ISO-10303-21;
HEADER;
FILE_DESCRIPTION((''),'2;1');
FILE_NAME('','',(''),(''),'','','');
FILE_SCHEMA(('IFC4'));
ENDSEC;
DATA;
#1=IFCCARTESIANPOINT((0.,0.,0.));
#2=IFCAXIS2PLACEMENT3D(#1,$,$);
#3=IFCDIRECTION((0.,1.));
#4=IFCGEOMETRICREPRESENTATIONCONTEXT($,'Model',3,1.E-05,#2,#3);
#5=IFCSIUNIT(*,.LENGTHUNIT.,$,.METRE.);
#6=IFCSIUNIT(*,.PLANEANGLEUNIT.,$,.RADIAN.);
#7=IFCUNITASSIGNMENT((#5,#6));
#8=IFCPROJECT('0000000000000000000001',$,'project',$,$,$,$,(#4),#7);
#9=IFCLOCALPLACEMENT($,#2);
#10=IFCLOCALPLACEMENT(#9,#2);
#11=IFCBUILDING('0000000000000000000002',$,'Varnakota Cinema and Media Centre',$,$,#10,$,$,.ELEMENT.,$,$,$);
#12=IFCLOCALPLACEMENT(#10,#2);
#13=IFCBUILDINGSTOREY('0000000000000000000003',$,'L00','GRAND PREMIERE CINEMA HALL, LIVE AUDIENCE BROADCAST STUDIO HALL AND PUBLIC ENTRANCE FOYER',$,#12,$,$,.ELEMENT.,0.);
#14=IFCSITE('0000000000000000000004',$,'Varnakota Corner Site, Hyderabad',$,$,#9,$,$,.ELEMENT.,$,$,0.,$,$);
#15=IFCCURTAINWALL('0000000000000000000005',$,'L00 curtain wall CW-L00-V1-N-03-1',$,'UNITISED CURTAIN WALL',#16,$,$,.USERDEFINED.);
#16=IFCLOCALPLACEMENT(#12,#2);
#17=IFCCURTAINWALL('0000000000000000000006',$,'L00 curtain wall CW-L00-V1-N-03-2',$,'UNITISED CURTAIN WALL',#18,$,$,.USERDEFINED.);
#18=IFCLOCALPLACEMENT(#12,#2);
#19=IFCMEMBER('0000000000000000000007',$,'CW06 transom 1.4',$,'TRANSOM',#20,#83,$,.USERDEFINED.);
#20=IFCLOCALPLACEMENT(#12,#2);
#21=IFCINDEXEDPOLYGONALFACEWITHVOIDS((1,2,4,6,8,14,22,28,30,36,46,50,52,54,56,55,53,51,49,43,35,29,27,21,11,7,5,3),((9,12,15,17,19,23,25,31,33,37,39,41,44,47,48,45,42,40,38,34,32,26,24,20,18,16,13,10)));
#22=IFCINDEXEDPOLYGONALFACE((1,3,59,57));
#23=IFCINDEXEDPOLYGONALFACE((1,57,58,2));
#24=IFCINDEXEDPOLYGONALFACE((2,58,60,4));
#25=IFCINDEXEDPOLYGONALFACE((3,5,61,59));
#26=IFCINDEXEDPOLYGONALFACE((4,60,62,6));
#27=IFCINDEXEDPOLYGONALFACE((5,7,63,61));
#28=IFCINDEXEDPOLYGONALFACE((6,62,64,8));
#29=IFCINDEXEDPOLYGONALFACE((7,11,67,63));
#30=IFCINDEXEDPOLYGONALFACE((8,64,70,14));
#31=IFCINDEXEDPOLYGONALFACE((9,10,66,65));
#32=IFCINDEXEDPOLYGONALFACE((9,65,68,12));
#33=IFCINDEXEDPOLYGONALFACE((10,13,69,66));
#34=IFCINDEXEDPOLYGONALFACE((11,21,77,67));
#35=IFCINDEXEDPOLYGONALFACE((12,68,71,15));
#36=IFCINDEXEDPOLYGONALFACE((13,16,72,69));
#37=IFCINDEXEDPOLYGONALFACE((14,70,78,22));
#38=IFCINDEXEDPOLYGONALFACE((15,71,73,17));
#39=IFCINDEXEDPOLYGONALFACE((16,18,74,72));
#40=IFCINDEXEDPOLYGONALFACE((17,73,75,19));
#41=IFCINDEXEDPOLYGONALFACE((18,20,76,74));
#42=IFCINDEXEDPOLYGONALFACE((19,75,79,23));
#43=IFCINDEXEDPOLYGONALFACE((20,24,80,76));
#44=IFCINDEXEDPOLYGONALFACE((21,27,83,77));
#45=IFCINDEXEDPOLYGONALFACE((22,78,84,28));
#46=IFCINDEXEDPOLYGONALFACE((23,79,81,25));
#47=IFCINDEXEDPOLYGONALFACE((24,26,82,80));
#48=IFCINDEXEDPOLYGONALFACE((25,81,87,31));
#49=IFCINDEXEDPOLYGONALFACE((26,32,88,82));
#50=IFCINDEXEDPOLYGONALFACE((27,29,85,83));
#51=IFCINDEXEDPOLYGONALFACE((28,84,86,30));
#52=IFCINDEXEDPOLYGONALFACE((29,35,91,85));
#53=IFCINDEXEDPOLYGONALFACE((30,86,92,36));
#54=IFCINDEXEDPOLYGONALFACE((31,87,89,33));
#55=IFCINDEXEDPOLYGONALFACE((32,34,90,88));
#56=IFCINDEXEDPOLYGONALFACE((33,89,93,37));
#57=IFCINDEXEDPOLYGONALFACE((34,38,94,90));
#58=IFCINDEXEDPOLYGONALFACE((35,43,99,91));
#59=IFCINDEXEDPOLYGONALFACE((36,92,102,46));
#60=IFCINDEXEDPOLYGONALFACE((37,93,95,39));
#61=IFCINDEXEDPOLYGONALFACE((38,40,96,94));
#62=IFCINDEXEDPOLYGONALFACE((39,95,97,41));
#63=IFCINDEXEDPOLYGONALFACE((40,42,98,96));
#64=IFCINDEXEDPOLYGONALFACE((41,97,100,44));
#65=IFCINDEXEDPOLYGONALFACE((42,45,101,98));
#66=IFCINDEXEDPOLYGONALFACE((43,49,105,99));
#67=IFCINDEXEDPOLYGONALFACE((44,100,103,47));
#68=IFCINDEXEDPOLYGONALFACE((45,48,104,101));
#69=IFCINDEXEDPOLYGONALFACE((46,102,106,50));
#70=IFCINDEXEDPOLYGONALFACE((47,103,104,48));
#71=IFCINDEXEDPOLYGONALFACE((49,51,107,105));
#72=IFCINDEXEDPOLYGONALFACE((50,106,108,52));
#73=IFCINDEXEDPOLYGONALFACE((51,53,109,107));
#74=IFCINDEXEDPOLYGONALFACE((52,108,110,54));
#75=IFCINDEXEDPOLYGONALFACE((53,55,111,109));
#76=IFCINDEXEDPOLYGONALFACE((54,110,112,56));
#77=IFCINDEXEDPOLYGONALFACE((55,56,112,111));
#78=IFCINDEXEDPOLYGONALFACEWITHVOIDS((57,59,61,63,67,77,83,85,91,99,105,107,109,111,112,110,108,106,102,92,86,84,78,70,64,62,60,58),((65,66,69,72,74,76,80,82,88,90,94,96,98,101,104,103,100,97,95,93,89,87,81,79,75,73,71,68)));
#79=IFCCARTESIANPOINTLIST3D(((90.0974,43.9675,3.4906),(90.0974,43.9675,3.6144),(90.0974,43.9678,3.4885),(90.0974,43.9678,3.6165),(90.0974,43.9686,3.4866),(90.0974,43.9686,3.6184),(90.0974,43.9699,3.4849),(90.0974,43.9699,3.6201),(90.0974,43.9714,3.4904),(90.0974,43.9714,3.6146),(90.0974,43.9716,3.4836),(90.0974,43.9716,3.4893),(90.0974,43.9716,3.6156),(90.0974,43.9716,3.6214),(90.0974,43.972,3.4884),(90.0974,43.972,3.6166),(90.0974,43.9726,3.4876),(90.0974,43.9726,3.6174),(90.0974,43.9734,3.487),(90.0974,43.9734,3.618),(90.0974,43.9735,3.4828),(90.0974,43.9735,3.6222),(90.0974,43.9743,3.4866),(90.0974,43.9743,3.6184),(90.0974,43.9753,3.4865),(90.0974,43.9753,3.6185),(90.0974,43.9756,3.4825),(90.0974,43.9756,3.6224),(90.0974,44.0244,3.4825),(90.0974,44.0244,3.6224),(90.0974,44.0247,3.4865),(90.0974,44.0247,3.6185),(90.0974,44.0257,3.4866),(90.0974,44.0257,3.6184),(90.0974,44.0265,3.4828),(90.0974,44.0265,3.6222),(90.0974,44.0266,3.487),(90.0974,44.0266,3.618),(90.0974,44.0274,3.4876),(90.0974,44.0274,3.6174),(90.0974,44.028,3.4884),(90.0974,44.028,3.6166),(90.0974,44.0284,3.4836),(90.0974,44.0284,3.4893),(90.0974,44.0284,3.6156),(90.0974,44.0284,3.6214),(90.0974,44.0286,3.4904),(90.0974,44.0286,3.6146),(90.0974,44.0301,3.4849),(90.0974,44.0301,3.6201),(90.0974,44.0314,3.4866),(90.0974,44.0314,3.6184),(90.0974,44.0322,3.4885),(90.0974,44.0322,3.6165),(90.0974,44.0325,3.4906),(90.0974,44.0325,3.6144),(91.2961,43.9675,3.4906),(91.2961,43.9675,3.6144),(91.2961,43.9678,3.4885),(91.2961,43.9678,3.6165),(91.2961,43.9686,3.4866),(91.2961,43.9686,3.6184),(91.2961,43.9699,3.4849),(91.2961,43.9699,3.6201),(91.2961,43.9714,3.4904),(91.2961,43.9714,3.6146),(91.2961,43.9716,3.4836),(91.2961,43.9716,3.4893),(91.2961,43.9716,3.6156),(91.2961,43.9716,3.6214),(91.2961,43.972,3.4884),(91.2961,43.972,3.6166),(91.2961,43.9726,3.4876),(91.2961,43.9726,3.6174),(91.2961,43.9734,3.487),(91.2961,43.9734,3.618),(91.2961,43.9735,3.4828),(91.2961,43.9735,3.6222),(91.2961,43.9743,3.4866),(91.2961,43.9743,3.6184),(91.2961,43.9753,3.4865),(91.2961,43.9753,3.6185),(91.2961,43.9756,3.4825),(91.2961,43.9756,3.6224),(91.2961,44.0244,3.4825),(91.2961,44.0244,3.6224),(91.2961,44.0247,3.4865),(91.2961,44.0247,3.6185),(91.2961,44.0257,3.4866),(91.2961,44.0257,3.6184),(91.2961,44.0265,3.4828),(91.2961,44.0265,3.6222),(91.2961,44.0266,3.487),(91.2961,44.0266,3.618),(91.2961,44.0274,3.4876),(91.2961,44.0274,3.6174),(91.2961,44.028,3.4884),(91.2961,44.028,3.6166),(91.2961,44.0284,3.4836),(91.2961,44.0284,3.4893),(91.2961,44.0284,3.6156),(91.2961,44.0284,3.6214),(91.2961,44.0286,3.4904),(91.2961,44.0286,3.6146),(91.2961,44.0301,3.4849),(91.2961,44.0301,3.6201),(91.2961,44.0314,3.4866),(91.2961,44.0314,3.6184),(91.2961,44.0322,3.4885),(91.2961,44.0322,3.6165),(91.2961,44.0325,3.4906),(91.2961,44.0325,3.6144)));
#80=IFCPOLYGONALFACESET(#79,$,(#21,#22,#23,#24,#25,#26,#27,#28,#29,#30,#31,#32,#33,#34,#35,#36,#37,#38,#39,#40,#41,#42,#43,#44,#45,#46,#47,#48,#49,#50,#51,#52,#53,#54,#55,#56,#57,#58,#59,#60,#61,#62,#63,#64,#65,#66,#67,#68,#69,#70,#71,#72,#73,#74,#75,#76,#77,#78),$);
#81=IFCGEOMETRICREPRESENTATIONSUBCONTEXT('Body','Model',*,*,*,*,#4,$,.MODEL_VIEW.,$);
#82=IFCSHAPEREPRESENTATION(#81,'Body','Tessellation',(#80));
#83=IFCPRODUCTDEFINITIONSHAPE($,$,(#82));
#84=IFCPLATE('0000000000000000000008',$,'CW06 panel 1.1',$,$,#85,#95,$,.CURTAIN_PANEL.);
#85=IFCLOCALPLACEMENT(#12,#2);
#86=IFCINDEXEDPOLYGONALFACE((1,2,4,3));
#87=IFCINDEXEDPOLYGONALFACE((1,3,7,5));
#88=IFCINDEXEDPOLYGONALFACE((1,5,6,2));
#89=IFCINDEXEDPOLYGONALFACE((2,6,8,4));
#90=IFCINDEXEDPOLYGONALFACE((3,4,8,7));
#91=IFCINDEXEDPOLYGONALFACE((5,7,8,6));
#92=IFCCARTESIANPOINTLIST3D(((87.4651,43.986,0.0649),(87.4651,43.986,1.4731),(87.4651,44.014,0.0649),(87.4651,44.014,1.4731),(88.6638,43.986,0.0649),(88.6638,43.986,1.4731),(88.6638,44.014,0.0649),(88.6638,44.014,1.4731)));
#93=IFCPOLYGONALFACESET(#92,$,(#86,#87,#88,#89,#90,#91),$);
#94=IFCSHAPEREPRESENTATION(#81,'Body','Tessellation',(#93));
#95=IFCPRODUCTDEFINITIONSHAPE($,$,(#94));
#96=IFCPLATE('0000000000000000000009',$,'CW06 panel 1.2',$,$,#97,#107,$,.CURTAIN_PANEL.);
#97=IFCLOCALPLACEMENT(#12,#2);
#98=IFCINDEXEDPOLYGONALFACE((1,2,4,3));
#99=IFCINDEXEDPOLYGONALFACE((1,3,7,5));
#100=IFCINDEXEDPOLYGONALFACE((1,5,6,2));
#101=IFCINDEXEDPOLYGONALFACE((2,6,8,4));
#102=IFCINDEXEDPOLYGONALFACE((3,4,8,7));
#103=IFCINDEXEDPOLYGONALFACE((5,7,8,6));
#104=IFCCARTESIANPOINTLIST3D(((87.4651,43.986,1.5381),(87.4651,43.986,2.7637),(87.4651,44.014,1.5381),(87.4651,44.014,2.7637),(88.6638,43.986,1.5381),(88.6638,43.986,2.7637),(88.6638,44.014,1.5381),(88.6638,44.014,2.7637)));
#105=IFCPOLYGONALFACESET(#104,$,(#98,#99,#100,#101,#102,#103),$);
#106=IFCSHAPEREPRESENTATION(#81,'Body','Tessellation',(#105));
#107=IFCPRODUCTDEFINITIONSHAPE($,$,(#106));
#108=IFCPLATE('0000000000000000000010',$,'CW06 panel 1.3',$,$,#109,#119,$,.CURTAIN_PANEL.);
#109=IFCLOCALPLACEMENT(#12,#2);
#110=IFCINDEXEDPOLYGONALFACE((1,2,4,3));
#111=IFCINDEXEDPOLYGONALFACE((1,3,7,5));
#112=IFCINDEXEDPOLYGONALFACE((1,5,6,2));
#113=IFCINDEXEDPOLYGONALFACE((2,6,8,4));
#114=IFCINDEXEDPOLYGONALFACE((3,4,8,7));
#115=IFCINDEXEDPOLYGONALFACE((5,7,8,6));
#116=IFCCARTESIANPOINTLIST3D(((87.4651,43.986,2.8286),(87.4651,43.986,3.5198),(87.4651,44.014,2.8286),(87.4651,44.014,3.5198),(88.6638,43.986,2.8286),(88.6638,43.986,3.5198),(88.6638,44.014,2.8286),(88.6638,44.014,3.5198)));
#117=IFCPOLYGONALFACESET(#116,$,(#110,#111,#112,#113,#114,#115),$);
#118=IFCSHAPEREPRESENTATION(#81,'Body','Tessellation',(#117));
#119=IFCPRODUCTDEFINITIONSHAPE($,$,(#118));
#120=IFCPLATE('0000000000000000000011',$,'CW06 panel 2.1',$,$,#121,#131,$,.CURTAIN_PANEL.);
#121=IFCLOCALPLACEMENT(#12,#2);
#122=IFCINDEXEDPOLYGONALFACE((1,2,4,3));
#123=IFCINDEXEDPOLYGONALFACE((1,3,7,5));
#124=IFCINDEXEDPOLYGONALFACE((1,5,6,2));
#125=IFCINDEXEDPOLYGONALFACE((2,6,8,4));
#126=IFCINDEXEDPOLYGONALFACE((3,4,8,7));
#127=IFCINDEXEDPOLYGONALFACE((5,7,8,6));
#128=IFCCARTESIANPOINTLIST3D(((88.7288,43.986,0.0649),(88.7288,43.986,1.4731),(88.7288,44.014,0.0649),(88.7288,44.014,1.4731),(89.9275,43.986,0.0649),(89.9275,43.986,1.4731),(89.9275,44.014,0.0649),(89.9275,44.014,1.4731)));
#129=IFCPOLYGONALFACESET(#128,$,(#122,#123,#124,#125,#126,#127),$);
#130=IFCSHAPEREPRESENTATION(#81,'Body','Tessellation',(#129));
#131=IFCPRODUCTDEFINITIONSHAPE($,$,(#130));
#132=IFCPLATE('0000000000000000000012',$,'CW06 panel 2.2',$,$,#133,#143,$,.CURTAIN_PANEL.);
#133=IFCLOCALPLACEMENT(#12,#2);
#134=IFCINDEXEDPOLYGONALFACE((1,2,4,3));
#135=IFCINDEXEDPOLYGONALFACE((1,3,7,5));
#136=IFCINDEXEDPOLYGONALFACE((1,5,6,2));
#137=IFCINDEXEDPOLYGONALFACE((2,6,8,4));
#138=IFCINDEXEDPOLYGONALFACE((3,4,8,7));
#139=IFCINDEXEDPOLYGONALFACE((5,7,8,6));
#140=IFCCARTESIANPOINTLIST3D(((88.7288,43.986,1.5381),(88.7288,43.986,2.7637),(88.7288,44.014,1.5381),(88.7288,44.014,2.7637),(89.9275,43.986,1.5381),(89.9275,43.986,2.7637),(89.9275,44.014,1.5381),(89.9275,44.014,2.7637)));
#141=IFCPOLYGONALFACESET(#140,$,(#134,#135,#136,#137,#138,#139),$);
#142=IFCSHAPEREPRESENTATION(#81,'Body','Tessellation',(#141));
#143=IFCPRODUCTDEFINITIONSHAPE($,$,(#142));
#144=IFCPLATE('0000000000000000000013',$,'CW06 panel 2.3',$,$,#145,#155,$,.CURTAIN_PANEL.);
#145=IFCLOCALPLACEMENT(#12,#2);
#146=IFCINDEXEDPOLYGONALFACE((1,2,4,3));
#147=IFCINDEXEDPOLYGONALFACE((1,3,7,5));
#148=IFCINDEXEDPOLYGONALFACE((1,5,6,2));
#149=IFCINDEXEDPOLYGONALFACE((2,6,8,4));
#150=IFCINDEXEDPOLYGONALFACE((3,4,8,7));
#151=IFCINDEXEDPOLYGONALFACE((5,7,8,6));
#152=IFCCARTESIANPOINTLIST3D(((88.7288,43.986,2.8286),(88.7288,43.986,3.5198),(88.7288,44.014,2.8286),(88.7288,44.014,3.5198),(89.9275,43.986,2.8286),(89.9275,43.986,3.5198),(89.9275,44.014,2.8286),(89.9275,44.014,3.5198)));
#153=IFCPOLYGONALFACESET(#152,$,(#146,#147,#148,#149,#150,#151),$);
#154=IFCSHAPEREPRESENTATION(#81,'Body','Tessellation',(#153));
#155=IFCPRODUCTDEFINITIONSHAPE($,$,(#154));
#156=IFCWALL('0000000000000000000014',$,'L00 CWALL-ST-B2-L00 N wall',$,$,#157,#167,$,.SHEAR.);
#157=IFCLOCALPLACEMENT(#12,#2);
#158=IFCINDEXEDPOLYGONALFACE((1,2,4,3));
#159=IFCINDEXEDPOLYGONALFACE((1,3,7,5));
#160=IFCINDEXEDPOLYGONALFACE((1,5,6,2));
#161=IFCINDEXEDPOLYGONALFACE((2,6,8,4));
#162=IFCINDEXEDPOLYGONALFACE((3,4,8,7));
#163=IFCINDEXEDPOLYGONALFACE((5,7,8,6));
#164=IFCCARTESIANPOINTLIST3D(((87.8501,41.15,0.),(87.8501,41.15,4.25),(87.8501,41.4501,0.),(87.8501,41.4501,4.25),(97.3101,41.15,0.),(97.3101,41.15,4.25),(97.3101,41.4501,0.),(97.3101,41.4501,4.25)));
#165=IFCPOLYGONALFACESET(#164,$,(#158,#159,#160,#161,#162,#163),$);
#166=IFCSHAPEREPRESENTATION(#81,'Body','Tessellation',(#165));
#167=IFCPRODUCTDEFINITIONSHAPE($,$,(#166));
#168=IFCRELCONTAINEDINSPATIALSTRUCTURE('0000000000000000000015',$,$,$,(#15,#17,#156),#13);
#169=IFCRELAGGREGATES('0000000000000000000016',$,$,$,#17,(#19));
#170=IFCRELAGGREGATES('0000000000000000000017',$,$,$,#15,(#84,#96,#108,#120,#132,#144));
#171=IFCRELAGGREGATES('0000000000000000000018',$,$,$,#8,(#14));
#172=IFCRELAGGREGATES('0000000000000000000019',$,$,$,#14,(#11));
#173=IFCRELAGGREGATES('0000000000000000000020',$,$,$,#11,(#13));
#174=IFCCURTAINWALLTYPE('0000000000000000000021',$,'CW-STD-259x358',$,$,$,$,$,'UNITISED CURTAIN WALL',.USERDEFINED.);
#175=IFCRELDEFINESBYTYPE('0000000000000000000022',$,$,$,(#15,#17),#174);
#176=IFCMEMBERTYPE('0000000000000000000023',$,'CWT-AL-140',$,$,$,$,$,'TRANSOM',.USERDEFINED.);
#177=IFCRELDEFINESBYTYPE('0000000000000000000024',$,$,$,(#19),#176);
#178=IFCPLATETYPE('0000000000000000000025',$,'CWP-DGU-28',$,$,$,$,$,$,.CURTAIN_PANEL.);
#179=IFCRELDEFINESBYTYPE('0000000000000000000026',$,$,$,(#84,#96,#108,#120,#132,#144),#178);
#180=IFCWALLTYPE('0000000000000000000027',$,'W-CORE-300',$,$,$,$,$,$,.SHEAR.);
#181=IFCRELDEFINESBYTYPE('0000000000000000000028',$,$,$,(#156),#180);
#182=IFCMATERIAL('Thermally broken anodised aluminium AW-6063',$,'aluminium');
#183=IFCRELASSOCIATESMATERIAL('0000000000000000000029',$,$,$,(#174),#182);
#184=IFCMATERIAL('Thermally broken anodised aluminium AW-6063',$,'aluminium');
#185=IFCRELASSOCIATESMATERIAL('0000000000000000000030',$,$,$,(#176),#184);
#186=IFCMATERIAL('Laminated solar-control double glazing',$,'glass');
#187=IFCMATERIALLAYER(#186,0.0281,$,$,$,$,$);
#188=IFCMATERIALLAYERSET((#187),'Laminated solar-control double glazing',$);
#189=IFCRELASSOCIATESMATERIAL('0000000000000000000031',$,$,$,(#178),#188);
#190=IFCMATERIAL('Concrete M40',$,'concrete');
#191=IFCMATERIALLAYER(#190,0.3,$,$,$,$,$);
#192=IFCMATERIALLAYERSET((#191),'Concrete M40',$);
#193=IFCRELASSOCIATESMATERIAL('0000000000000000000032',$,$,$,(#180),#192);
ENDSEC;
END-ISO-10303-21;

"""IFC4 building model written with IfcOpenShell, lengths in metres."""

from ifc_helpers import new_model, si_unit, direction, frame, frame_2d, origin, origin_2d, place, context, subcontext, project, spatial, rectangle, hollow_rectangle, extrude, material, layer, layer_set, material_profile, profile_set, type_object, element, aggregate, save


model = new_model("IFC4")

# Units and contexts
model_context = context("Model", 3, precision=1e-05, world=origin(), true_north=direction((0.0, 1.0)))
body_context = subcontext(model_context, "Body", "Model", "MODEL_VIEW")
ifc_project = project(units=[si_unit("LENGTHUNIT", "METRE"), si_unit("PLANEANGLEUNIT", "RADIAN")], contexts=[model_context])

# Site, building, storey
site_placement = place(None, origin())
site = spatial("IfcSite", under=ifc_project, at=site_placement, Name="Varnakota Corner Site, Hyderabad", CompositionType="ELEMENT", RefElevation=0.0)
building_placement = place(site_placement, origin())
building = spatial("IfcBuilding", under=site, at=building_placement, Name="Varnakota Cinema and Media Centre", CompositionType="ELEMENT")
storey_placement = place(building_placement, origin())
storey = spatial("IfcBuildingStorey", under=building, at=storey_placement, Name="L00", Description="GRAND PREMIERE CINEMA HALL, LIVE AUDIENCE BROADCAST STUDIO HALL AND PUBLIC ENTRANCE FOYER", CompositionType="ELEMENT", Elevation=0.0)

# Curtain wall
ifc_material_1 = material(Name="Thermally broken anodised aluminium AW-6063", Category="aluminium")
curtain_wall_type = type_object("IfcCurtainWallType", Name="CW-STD-259x358", ElementType="UNITISED CURTAIN WALL", PredefinedType="USERDEFINED", material=ifc_material_1)
curtain_wall_1_placement = place(storey_placement, origin())
curtain_wall_1 = element("IfcCurtainWall", 1, at=curtain_wall_1_placement, inside=storey, type_object=curtain_wall_type, Name="L00 curtain wall CW-L00-V1-N-03-1", ObjectType="UNITISED CURTAIN WALL", PredefinedType="USERDEFINED")

# Curtain wall
curtain_wall_2_placement = place(storey_placement, origin())
curtain_wall_2 = element("IfcCurtainWall", 2, at=curtain_wall_2_placement, inside=storey, type_object=curtain_wall_type, Name="L00 curtain wall CW-L00-V1-N-03-2", ObjectType="UNITISED CURTAIN WALL", PredefinedType="USERDEFINED")

# Member
ifc_material_2 = material(Name="Thermally broken anodised aluminium AW-6063", Category="aluminium")
ifc_material_profile_1 = material_profile(ifc_material_2, hollow_rectangle(XDim=0.0649, YDim=0.1399, WallThickness=0.0039, InnerFilletRadius=0.0039, OuterFilletRadius=0.0081, at=origin_2d()), Name="AL-TRANSOM 140x65x4")
ifc_profile_set_1 = profile_set([ifc_material_profile_1], Name="Thermally broken anodised aluminium AW-6063")
member_type_1 = type_object("IfcMemberType", Name="CWT-AL-140", ElementType="TRANSOM", PredefinedType="USERDEFINED", material=ifc_profile_set_1)
member_1_placement = place(storey_placement, frame((90.0974, 44.0, 3.5525), z_axis=(1.0, 0.0, 0.0), x_axis=(0.0, 1.0, 0.0)))
member_1 = element("IfcMember", 3, at=member_1_placement, type_object=member_type_1, Name="CW06 transom 1.4", ObjectType="TRANSOM", PredefinedType="USERDEFINED", context=body_context, shape_type="SweptSolid", body=[
    extrude(hollow_rectangle(XDim=0.0649, YDim=0.1399, WallThickness=0.0039, InnerFilletRadius=0.0039, OuterFilletRadius=0.0081, at=origin_2d()), origin(), (0.0, 0.0, 1.0), 1.1987),
])
aggregate(curtain_wall_2, [member_1])

# Plates
ifc_material_3 = material(Name="Laminated solar-control double glazing", Category="glass")
ifc_layer_1 = layer(ifc_material_3, 0.0281)
ifc_layer_set_1 = layer_set([ifc_layer_1], Name="Laminated solar-control double glazing")
plate_type = type_object("IfcPlateType", Name="CWP-DGU-28", PredefinedType="CURTAIN_PANEL", material=ifc_layer_set_1)
plate_1_placement = place(storey_placement, frame((88.0645, 44.0, 0.0649), z_axis=(0.0, 0.0, 1.0), x_axis=(1.0, 0.0, 0.0)))
plate_1 = element("IfcPlate", 4, at=plate_1_placement, type_object=plate_type, Name="CW06 panel 1.1", PredefinedType="CURTAIN_PANEL", context=body_context, shape_type="SweptSolid", body=[
    extrude(rectangle(XDim=1.1987, YDim=0.0281, at=origin_2d()), origin(), (0.0, 0.0, 1.0), 1.4082),
])
plate_2_placement = place(storey_placement, frame((88.0645, 44.0, 1.5381), z_axis=(0.0, 0.0, 1.0), x_axis=(1.0, 0.0, 0.0)))
plate_2 = element("IfcPlate", 5, at=plate_2_placement, type_object=plate_type, Name="CW06 panel 1.2", PredefinedType="CURTAIN_PANEL", context=body_context, shape_type="SweptSolid", body=[
    extrude(rectangle(XDim=1.1987, YDim=0.0281, at=origin_2d()), origin(), (0.0, 0.0, 1.0), 1.2256),
])
plate_3_placement = place(storey_placement, frame((88.0645, 44.0, 2.8286), z_axis=(0.0, 0.0, 1.0), x_axis=(1.0, 0.0, 0.0)))
plate_3 = element("IfcPlate", 6, at=plate_3_placement, type_object=plate_type, Name="CW06 panel 1.3", PredefinedType="CURTAIN_PANEL", context=body_context, shape_type="SweptSolid", body=[
    extrude(rectangle(XDim=1.1987, YDim=0.0281, at=origin_2d()), origin(), (0.0, 0.0, 1.0), 0.6912),
])
plate_4_placement = place(storey_placement, frame((89.3281, 44.0, 0.0649), z_axis=(0.0, 0.0, 1.0), x_axis=(1.0, 0.0, 0.0)))
plate_4 = element("IfcPlate", 7, at=plate_4_placement, type_object=plate_type, Name="CW06 panel 2.1", PredefinedType="CURTAIN_PANEL", context=body_context, shape_type="SweptSolid", body=[
    extrude(rectangle(XDim=1.1987, YDim=0.0281, at=origin_2d()), origin(), (0.0, 0.0, 1.0), 1.4082),
])
plate_5_placement = place(storey_placement, frame((89.3281, 44.0, 1.5381), z_axis=(0.0, 0.0, 1.0), x_axis=(1.0, 0.0, 0.0)))
plate_5 = element("IfcPlate", 8, at=plate_5_placement, type_object=plate_type, Name="CW06 panel 2.2", PredefinedType="CURTAIN_PANEL", context=body_context, shape_type="SweptSolid", body=[
    extrude(rectangle(XDim=1.1987, YDim=0.0281, at=origin_2d()), origin(), (0.0, 0.0, 1.0), 1.2256),
])
plate_6_placement = place(storey_placement, frame((89.3281, 44.0, 2.8286), z_axis=(0.0, 0.0, 1.0), x_axis=(1.0, 0.0, 0.0)))
plate_6 = element("IfcPlate", 9, at=plate_6_placement, type_object=plate_type, Name="CW06 panel 2.3", PredefinedType="CURTAIN_PANEL", context=body_context, shape_type="SweptSolid", body=[
    extrude(rectangle(XDim=1.1987, YDim=0.0281, at=origin_2d()), origin(), (0.0, 0.0, 1.0), 0.6912),
])
aggregate(curtain_wall_1, [plate_1, plate_2, plate_3, plate_4, plate_5, plate_6])

# Shared definitions
ifc_material_4 = material(Name="Concrete M40", Category="concrete")
ifc_layer_2 = layer(ifc_material_4, 0.3)
ifc_layer_set_2 = layer_set([ifc_layer_2], Name="Concrete M40")
wall_type = type_object("IfcWallType", Name="W-CORE-300", PredefinedType="SHEAR", material=ifc_layer_set_2)

# Wall
wall_1_placement = place(storey_placement, frame((87.8501, 41.3, 0.0), z_axis=(0.0, 0.0, 1.0), x_axis=(1.0, 0.0, 0.0)))
element("IfcWall", 10, at=wall_1_placement, inside=storey, type_object=wall_type, Name="L00 CWALL-ST-B2-L00 N wall", PredefinedType="SHEAR", context=body_context, shape_type="SweptSolid", body=[
    extrude(rectangle(XDim=9.46, YDim=0.3, at=frame_2d((4.73, 0.0))), origin(), (0.0, 0.0, 1.0), 4.25),
])

save(model, "model.ifc")
